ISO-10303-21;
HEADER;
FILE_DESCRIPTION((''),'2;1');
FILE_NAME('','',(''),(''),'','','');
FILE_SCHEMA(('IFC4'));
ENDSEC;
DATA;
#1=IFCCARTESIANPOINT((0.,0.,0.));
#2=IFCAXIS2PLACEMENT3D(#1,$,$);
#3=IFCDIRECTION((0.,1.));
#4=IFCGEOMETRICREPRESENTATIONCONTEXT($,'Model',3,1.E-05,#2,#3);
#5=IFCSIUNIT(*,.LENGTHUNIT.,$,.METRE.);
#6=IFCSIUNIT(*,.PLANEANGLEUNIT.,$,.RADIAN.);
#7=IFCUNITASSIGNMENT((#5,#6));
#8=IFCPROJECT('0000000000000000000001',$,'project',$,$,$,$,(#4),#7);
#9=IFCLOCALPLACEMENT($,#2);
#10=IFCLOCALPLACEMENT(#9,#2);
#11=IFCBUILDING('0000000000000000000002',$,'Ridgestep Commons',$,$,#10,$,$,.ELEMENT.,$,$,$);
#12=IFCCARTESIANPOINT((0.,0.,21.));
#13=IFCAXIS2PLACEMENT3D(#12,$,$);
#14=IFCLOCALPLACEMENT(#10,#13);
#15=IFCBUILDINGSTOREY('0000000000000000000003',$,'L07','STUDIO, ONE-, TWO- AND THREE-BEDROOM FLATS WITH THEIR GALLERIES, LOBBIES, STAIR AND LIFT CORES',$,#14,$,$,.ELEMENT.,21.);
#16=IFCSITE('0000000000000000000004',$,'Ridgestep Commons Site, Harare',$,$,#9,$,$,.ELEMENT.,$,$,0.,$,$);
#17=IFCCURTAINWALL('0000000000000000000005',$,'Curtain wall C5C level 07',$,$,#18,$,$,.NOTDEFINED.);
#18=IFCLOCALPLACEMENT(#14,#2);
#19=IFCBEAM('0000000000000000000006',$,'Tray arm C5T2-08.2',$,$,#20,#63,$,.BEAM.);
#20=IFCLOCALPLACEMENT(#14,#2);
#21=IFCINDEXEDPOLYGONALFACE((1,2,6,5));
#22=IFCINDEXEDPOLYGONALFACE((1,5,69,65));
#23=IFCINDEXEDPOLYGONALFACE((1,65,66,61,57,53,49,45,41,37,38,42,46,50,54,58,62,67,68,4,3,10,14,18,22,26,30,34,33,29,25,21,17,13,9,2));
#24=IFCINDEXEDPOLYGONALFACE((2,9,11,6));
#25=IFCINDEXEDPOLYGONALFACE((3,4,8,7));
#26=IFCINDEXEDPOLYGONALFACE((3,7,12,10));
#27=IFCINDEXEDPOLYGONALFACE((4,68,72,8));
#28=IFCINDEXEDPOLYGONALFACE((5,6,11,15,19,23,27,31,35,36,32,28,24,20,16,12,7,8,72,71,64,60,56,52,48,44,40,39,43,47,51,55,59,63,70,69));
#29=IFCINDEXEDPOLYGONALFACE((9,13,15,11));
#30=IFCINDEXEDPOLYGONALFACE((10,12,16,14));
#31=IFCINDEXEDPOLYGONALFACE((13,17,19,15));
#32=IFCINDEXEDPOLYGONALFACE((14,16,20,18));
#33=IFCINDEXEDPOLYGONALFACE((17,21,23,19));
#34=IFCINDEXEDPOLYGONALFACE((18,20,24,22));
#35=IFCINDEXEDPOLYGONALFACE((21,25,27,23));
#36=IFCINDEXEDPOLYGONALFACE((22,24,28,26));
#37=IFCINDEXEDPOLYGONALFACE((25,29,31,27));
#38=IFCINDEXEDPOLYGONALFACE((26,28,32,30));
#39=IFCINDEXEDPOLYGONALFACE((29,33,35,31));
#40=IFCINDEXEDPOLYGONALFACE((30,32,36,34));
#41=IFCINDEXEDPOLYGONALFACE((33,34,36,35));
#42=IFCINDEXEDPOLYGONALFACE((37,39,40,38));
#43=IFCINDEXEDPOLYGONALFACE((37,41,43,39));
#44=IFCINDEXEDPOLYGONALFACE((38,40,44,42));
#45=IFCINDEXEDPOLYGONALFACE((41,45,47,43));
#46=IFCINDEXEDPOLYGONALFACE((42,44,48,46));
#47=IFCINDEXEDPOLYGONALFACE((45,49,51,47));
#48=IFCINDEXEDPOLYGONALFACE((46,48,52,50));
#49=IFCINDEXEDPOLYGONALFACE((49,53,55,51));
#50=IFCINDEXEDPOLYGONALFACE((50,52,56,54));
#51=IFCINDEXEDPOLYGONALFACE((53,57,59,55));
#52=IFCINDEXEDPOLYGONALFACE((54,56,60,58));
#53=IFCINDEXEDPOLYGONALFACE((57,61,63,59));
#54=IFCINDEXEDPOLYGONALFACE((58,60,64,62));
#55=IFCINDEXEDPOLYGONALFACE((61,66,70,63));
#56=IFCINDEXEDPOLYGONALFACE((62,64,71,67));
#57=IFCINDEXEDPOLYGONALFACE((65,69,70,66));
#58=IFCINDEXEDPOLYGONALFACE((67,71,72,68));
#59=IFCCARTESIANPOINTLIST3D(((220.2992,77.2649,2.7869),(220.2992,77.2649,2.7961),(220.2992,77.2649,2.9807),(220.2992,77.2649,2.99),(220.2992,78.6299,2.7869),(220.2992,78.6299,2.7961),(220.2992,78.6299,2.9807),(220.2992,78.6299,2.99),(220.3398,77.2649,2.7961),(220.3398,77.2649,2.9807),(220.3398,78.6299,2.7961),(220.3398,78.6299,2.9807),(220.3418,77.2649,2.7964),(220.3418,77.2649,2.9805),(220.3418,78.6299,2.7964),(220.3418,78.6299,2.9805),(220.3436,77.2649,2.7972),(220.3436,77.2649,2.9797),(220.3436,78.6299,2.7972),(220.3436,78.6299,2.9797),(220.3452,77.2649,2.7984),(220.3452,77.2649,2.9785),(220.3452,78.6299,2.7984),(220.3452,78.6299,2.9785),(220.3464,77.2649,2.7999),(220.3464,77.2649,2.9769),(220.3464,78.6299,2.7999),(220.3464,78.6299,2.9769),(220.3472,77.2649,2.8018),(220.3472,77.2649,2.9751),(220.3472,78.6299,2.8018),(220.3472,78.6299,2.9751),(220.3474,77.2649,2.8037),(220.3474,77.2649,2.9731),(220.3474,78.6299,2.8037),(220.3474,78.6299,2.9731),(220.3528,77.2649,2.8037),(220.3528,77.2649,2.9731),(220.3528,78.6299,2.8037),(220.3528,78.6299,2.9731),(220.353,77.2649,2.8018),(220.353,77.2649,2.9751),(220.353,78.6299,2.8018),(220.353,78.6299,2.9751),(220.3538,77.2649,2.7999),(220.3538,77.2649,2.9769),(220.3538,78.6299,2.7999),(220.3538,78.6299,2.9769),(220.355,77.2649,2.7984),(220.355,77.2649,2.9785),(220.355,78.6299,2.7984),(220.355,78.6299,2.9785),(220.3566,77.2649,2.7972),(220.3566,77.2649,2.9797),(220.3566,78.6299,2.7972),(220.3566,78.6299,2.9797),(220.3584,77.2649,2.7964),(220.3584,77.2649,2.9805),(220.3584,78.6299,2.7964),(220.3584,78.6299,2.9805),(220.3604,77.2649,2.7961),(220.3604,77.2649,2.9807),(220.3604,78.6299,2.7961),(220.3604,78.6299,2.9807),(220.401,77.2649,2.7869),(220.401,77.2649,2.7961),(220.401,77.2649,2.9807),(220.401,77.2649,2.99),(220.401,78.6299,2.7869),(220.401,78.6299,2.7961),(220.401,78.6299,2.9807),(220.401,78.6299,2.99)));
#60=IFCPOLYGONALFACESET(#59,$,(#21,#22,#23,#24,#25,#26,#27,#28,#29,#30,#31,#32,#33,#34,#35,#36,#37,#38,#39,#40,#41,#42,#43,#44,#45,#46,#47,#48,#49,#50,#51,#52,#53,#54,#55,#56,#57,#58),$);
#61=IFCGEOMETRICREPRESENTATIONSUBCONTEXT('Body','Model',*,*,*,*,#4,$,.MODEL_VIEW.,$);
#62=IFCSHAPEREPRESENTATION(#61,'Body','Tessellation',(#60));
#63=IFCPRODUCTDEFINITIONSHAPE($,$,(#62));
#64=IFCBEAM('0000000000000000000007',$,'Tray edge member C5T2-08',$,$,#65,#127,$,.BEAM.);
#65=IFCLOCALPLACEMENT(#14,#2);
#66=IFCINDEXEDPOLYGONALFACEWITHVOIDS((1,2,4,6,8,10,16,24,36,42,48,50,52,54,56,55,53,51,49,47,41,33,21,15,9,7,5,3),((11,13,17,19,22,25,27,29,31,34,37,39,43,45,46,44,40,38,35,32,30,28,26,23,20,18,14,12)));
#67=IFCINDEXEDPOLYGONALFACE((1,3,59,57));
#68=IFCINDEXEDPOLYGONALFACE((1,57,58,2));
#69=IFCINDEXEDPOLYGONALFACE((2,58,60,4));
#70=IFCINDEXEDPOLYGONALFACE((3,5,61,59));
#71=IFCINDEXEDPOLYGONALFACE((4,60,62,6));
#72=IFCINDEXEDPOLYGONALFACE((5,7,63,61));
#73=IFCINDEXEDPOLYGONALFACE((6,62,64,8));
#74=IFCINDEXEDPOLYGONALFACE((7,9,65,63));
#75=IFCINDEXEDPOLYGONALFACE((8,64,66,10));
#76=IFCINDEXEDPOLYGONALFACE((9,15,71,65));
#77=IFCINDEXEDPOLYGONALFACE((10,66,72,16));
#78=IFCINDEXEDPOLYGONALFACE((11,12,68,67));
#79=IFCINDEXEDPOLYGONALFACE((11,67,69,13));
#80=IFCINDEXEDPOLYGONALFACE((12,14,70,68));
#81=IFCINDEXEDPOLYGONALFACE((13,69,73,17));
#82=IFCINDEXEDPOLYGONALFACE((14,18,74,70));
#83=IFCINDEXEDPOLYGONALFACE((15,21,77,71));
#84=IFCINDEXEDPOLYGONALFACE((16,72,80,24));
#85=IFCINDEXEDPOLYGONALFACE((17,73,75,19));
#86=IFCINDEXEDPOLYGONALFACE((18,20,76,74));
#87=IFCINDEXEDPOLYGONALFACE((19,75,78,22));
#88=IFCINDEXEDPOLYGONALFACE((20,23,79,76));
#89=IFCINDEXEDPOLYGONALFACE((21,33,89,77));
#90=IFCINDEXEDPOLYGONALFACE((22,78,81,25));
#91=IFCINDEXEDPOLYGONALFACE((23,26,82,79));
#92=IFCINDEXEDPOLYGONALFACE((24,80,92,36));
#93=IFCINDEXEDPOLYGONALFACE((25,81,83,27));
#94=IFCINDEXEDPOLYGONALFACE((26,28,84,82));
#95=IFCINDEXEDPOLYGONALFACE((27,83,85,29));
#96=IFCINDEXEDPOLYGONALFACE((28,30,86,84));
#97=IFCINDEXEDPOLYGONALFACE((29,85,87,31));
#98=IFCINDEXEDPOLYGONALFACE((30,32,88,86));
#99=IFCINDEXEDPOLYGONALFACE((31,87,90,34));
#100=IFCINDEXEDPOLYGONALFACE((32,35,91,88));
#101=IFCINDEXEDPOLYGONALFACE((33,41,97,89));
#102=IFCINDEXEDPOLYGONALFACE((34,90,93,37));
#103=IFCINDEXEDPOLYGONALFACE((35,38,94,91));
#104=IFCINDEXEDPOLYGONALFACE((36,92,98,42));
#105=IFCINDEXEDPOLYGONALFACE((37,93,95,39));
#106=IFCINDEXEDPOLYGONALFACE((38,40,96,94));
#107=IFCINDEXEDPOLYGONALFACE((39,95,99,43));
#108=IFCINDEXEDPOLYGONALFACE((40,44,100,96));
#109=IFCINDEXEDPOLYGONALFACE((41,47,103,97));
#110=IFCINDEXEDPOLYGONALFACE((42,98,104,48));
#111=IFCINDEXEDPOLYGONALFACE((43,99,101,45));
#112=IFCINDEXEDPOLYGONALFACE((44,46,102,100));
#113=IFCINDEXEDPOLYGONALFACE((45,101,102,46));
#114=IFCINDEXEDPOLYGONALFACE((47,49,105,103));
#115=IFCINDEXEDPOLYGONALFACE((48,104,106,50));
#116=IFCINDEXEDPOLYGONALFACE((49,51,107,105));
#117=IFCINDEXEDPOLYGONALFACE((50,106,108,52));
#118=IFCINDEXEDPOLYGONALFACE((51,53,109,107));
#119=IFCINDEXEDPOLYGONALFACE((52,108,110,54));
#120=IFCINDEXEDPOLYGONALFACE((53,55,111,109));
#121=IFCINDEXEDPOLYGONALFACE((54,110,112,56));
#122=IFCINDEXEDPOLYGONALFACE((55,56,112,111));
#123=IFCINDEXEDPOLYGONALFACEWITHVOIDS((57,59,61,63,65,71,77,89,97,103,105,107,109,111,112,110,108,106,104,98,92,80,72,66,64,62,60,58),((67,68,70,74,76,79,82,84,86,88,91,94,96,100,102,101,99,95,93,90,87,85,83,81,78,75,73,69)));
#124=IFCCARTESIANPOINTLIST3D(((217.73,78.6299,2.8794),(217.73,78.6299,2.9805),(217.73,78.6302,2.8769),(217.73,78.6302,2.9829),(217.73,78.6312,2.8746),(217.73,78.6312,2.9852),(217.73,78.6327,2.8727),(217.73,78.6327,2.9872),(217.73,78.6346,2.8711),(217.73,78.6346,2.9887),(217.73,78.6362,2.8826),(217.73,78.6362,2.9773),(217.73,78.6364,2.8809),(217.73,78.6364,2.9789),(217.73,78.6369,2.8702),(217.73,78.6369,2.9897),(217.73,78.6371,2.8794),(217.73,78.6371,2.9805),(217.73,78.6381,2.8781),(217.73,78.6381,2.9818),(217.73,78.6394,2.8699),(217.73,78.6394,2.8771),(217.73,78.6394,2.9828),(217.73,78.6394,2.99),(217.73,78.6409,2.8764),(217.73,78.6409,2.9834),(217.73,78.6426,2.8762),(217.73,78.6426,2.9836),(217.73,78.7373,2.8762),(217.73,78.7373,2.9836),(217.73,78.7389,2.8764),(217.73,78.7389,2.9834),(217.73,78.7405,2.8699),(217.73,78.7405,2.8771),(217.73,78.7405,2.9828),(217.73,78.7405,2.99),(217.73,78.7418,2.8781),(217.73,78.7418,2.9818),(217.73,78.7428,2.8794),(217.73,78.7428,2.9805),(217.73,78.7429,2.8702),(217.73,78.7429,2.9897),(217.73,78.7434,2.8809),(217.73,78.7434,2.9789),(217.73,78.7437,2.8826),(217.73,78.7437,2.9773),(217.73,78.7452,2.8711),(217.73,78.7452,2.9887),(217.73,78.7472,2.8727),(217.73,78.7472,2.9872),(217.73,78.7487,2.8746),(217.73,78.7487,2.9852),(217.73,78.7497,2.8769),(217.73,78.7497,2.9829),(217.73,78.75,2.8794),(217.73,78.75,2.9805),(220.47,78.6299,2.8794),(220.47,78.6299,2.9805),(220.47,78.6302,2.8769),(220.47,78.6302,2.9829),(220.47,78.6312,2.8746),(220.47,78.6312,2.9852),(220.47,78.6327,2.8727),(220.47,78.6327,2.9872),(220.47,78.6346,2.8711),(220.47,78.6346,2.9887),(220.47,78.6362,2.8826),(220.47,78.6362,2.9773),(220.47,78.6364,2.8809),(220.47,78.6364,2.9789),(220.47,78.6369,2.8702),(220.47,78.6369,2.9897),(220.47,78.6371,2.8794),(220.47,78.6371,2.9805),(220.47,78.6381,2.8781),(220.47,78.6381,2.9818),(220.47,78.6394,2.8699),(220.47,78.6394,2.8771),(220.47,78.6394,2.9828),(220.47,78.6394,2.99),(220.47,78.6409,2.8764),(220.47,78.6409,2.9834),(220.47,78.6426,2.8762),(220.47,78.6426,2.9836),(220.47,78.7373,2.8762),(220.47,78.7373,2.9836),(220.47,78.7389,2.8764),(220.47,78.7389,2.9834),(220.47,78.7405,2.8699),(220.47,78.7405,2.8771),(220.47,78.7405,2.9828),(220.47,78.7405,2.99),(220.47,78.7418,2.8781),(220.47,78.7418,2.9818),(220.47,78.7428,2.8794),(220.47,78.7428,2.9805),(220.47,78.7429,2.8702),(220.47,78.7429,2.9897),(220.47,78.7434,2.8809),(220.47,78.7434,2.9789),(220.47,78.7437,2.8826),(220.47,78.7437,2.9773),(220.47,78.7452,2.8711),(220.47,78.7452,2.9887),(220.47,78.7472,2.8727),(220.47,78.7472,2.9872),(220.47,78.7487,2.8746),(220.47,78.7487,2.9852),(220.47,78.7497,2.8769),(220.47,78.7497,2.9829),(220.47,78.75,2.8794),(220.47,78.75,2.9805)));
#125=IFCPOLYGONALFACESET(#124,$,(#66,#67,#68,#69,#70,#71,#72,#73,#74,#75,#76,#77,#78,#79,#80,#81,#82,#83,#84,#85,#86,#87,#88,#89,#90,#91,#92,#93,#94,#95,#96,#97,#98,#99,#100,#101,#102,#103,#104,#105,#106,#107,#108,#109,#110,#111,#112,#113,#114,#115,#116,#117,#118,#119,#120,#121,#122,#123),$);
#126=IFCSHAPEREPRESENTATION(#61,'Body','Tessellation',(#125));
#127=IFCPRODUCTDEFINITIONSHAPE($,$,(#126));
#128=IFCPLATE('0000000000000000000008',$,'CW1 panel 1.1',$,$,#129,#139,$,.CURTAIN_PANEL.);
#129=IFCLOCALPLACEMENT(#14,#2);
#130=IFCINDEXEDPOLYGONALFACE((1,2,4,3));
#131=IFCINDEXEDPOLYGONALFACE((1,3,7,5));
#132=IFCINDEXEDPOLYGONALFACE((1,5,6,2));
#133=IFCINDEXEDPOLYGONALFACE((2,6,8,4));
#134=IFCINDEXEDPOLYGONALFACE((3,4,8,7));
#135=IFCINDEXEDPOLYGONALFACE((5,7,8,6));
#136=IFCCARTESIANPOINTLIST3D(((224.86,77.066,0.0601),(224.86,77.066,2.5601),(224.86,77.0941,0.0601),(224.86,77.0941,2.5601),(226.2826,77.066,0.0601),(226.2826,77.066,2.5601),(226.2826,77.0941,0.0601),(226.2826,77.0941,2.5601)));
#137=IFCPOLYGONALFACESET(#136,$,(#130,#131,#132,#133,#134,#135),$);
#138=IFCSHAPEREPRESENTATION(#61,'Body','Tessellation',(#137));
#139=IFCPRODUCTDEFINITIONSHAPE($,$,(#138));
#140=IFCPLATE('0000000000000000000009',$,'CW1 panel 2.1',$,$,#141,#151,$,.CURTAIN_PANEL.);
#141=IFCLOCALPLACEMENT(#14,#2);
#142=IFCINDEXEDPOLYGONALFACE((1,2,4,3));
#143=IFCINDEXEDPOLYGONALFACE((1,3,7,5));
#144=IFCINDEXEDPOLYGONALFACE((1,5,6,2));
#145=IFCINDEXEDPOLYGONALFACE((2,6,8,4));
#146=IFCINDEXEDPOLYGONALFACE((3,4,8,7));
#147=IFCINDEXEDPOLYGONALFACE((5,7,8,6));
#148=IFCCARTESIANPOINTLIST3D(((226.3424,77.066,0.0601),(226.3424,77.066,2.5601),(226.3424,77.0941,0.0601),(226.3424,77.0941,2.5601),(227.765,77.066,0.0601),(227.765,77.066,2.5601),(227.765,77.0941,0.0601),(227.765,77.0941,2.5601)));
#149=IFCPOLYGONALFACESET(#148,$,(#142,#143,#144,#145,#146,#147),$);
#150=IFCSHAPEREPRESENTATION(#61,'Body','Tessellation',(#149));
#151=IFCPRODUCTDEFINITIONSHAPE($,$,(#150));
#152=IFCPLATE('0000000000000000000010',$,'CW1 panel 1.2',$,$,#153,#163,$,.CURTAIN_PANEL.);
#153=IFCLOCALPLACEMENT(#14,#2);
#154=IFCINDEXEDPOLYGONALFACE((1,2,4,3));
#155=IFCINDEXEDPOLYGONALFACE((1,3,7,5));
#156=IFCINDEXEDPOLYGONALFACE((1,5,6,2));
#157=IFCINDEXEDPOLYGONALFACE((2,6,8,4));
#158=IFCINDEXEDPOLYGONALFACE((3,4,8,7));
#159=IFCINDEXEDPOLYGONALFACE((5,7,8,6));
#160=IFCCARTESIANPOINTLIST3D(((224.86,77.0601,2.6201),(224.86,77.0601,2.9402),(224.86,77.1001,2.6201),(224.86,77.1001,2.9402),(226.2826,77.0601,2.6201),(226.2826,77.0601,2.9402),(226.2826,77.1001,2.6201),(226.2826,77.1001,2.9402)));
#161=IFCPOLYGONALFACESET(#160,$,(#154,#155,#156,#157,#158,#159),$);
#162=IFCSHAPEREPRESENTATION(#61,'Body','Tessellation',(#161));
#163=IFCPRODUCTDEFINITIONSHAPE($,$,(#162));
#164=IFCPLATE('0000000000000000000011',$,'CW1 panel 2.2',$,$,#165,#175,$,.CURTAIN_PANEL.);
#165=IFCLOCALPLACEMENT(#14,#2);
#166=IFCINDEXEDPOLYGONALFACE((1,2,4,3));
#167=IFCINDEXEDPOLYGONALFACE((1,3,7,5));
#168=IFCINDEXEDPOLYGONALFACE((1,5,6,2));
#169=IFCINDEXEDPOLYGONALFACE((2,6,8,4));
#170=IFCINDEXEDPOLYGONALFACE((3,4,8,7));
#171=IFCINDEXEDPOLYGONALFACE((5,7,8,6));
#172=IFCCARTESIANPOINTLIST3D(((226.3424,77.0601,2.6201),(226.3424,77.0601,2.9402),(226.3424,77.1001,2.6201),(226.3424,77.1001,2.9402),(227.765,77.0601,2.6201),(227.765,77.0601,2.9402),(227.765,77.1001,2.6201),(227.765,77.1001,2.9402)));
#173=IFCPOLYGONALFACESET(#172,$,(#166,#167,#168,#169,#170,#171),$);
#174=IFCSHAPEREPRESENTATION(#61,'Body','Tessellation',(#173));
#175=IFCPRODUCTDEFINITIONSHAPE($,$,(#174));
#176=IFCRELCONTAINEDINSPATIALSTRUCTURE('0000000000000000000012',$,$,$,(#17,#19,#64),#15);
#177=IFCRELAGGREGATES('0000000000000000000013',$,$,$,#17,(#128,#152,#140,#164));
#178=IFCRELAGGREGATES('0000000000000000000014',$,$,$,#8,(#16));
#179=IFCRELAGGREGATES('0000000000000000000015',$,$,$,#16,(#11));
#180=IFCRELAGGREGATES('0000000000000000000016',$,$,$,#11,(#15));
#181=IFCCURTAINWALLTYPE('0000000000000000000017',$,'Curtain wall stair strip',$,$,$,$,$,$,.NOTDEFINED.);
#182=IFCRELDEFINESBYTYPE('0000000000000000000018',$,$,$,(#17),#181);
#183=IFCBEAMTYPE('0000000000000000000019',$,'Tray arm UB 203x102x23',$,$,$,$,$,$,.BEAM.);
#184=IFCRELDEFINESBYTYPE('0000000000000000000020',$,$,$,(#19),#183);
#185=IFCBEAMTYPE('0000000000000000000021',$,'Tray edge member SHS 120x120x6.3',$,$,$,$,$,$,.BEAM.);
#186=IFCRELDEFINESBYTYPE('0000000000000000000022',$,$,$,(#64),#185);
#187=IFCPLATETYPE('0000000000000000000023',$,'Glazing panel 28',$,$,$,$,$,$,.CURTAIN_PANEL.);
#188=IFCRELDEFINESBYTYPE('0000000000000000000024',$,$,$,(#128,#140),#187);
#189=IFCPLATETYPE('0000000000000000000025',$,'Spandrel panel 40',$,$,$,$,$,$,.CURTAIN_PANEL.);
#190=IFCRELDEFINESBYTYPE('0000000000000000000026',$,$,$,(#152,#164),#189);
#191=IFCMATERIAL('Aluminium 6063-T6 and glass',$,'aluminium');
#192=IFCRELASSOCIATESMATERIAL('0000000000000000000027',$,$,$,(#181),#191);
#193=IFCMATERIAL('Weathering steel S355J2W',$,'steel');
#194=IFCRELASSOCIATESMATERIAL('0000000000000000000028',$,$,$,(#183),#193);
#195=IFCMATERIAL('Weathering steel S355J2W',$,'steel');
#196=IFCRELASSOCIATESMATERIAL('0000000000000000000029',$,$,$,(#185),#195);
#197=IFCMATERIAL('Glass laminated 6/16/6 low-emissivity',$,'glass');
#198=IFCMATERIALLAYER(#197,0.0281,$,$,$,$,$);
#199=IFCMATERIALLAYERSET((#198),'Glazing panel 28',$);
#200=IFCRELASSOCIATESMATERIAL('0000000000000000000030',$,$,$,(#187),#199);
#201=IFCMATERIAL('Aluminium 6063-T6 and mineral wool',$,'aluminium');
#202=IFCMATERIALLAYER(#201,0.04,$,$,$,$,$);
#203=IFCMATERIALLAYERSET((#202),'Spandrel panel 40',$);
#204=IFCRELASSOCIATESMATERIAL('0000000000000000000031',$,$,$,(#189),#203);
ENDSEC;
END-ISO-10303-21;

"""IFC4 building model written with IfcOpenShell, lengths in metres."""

from ifc_helpers import new_model, si_unit, direction, frame, origin, origin_2d, place, context, subcontext, project, spatial, rectangle, hollow_rectangle, i_section, extrude, material, layer, layer_set, material_profile, profile_set, type_object, element, aggregate, save


model = new_model("IFC4")

# Units and contexts
model_context = context("Model", 3, precision=1e-05, world=origin(), true_north=direction((0.0, 1.0)))
body_context = subcontext(model_context, "Body", "Model", "MODEL_VIEW")
ifc_project = project(units=[si_unit("LENGTHUNIT", "METRE"), si_unit("PLANEANGLEUNIT", "RADIAN")], contexts=[model_context])

# Site, building, storey
site_placement = place(None, origin())
site = spatial("IfcSite", under=ifc_project, at=site_placement, Name="Ridgestep Commons Site, Harare", CompositionType="ELEMENT", RefElevation=0.0)
building_placement = place(site_placement, origin())
building = spatial("IfcBuilding", under=site, at=building_placement, Name="Ridgestep Commons", CompositionType="ELEMENT")
storey_placement = place(building_placement, frame((0.0, 0.0, 21.0)))
storey = spatial("IfcBuildingStorey", under=building, at=storey_placement, Name="L07", Description="STUDIO, ONE-, TWO- AND THREE-BEDROOM FLATS WITH THEIR GALLERIES, LOBBIES, STAIR AND LIFT CORES", CompositionType="ELEMENT", Elevation=21.0)

# Curtain wall
ifc_material_1 = material(Name="Aluminium 6063-T6 and glass", Category="aluminium")
curtain_wall_type = type_object("IfcCurtainWallType", Name="Curtain wall stair strip", PredefinedType="NOTDEFINED", material=ifc_material_1)
curtain_wall_placement = place(storey_placement, origin())
curtain_wall = element("IfcCurtainWall", 1, at=curtain_wall_placement, inside=storey, type_object=curtain_wall_type, Name="Curtain wall C5C level 07", PredefinedType="NOTDEFINED")

# Beams
ifc_material_2 = material(Name="Weathering steel S355J2W", Category="steel")
ifc_material_profile_1 = material_profile(ifc_material_2, i_section(OverallWidth=0.1018, OverallDepth=0.2031, WebThickness=0.0054, FlangeThickness=0.0093, FilletRadius=0.0076, at=origin_2d()), Name="UB 203x102x23")
ifc_profile_set_1 = profile_set([ifc_material_profile_1], Name="Weathering steel S355J2W")
beam_type_1 = type_object("IfcBeamType", Name="Tray arm UB 203x102x23", PredefinedType="BEAM", material=ifc_profile_set_1)
for number, where, z_axis, x_axis, name in (
    (2, (220.3501, 77.2649, 2.8884), (0.0, 1.0, 0.0), (-1.0, 0.0, 0.0), "Tray arm C5T2-08.2"),
):
    element("IfcBeam", number, at=place(storey_placement, frame(where, z_axis=z_axis, x_axis=x_axis)), inside=storey, type_object=beam_type_1, Name=name, PredefinedType="BEAM", context=body_context, shape_type="SweptSolid", body=[
        extrude(i_section(OverallWidth=0.1018, OverallDepth=0.2031, WebThickness=0.0054, FlangeThickness=0.0093, FilletRadius=0.0076, at=origin_2d()), origin(), (0.0, 0.0, 1.0), 1.365),
    ])
ifc_material_3 = material(Name="Weathering steel S355J2W", Category="steel")
ifc_material_profile_2 = material_profile(ifc_material_3, hollow_rectangle(XDim=0.1201, YDim=0.1201, WallThickness=0.0063, InnerFilletRadius=0.0063, OuterFilletRadius=0.0095, at=origin_2d()), Name="SHS 120x120x6.3")
ifc_profile_set_2 = profile_set([ifc_material_profile_2], Name="Weathering steel S355J2W")
beam_type_2 = type_object("IfcBeamType", Name="Tray edge member SHS 120x120x6.3", PredefinedType="BEAM", material=ifc_profile_set_2)
beam_placement = place(storey_placement, frame((217.73, 78.6899, 2.9299), z_axis=(1.0, 0.0, 0.0), x_axis=(0.0, 0.0, 1.0)))
element("IfcBeam", 3, at=beam_placement, inside=storey, type_object=beam_type_2, Name="Tray edge member C5T2-08", PredefinedType="BEAM", context=body_context, shape_type="SweptSolid", body=[
    extrude(hollow_rectangle(XDim=0.1201, YDim=0.1201, WallThickness=0.0063, InnerFilletRadius=0.0063, OuterFilletRadius=0.0095, at=origin_2d()), origin(), (0.0, 0.0, 1.0), 2.74),
])

# Plates
ifc_material_4 = material(Name="Glass laminated 6/16/6 low-emissivity", Category="glass")
ifc_layer_1 = layer(ifc_material_4, 0.0281)
ifc_layer_set_1 = layer_set([ifc_layer_1], Name="Glazing panel 28")
plate_type_1 = type_object("IfcPlateType", Name="Glazing panel 28", PredefinedType="CURTAIN_PANEL", material=ifc_layer_set_1)
plate_1_placement = place(storey_placement, frame((225.5713, 77.0801, 0.0601), z_axis=(0.0, 0.0, 1.0), x_axis=(1.0, 0.0, 0.0)))
plate_1 = element("IfcPlate", 4, at=plate_1_placement, type_object=plate_type_1, Name="CW1 panel 1.1", PredefinedType="CURTAIN_PANEL", context=body_context, shape_type="SweptSolid", body=[
    extrude(rectangle(XDim=1.4226, YDim=0.0281, at=origin_2d()), origin(), (0.0, 0.0, 1.0), 2.5),
])
plate_2_placement = place(storey_placement, frame((227.0537, 77.0801, 0.0601), z_axis=(0.0, 0.0, 1.0), x_axis=(1.0, 0.0, 0.0)))
plate_2 = element("IfcPlate", 5, at=plate_2_placement, type_object=plate_type_1, Name="CW1 panel 2.1", PredefinedType="CURTAIN_PANEL", context=body_context, shape_type="SweptSolid", body=[
    extrude(rectangle(XDim=1.4226, YDim=0.0281, at=origin_2d()), origin(), (0.0, 0.0, 1.0), 2.5),
])
ifc_material_5 = material(Name="Aluminium 6063-T6 and mineral wool", Category="aluminium")
ifc_layer_2 = layer(ifc_material_5, 0.04)
ifc_layer_set_2 = layer_set([ifc_layer_2], Name="Spandrel panel 40")
plate_type_2 = type_object("IfcPlateType", Name="Spandrel panel 40", PredefinedType="CURTAIN_PANEL", material=ifc_layer_set_2)
plate_3_placement = place(storey_placement, frame((225.5713, 77.0801, 2.6201), z_axis=(0.0, 0.0, 1.0), x_axis=(1.0, 0.0, 0.0)))
plate_3 = element("IfcPlate", 6, at=plate_3_placement, type_object=plate_type_2, Name="CW1 panel 1.2", PredefinedType="CURTAIN_PANEL", context=body_context, shape_type="SweptSolid", body=[
    extrude(rectangle(XDim=1.4226, YDim=0.04, at=origin_2d()), origin(), (0.0, 0.0, 1.0), 0.3201),
])
plate_4_placement = place(storey_placement, frame((227.0537, 77.0801, 2.6201), z_axis=(0.0, 0.0, 1.0), x_axis=(1.0, 0.0, 0.0)))
plate_4 = element("IfcPlate", 7, at=plate_4_placement, type_object=plate_type_2, Name="CW1 panel 2.2", PredefinedType="CURTAIN_PANEL", context=body_context, shape_type="SweptSolid", body=[
    extrude(rectangle(XDim=1.4226, YDim=0.04, at=origin_2d()), origin(), (0.0, 0.0, 1.0), 0.3201),
])
aggregate(curtain_wall, [plate_1, plate_3, plate_2, plate_4])

save(model, "model.ifc")
